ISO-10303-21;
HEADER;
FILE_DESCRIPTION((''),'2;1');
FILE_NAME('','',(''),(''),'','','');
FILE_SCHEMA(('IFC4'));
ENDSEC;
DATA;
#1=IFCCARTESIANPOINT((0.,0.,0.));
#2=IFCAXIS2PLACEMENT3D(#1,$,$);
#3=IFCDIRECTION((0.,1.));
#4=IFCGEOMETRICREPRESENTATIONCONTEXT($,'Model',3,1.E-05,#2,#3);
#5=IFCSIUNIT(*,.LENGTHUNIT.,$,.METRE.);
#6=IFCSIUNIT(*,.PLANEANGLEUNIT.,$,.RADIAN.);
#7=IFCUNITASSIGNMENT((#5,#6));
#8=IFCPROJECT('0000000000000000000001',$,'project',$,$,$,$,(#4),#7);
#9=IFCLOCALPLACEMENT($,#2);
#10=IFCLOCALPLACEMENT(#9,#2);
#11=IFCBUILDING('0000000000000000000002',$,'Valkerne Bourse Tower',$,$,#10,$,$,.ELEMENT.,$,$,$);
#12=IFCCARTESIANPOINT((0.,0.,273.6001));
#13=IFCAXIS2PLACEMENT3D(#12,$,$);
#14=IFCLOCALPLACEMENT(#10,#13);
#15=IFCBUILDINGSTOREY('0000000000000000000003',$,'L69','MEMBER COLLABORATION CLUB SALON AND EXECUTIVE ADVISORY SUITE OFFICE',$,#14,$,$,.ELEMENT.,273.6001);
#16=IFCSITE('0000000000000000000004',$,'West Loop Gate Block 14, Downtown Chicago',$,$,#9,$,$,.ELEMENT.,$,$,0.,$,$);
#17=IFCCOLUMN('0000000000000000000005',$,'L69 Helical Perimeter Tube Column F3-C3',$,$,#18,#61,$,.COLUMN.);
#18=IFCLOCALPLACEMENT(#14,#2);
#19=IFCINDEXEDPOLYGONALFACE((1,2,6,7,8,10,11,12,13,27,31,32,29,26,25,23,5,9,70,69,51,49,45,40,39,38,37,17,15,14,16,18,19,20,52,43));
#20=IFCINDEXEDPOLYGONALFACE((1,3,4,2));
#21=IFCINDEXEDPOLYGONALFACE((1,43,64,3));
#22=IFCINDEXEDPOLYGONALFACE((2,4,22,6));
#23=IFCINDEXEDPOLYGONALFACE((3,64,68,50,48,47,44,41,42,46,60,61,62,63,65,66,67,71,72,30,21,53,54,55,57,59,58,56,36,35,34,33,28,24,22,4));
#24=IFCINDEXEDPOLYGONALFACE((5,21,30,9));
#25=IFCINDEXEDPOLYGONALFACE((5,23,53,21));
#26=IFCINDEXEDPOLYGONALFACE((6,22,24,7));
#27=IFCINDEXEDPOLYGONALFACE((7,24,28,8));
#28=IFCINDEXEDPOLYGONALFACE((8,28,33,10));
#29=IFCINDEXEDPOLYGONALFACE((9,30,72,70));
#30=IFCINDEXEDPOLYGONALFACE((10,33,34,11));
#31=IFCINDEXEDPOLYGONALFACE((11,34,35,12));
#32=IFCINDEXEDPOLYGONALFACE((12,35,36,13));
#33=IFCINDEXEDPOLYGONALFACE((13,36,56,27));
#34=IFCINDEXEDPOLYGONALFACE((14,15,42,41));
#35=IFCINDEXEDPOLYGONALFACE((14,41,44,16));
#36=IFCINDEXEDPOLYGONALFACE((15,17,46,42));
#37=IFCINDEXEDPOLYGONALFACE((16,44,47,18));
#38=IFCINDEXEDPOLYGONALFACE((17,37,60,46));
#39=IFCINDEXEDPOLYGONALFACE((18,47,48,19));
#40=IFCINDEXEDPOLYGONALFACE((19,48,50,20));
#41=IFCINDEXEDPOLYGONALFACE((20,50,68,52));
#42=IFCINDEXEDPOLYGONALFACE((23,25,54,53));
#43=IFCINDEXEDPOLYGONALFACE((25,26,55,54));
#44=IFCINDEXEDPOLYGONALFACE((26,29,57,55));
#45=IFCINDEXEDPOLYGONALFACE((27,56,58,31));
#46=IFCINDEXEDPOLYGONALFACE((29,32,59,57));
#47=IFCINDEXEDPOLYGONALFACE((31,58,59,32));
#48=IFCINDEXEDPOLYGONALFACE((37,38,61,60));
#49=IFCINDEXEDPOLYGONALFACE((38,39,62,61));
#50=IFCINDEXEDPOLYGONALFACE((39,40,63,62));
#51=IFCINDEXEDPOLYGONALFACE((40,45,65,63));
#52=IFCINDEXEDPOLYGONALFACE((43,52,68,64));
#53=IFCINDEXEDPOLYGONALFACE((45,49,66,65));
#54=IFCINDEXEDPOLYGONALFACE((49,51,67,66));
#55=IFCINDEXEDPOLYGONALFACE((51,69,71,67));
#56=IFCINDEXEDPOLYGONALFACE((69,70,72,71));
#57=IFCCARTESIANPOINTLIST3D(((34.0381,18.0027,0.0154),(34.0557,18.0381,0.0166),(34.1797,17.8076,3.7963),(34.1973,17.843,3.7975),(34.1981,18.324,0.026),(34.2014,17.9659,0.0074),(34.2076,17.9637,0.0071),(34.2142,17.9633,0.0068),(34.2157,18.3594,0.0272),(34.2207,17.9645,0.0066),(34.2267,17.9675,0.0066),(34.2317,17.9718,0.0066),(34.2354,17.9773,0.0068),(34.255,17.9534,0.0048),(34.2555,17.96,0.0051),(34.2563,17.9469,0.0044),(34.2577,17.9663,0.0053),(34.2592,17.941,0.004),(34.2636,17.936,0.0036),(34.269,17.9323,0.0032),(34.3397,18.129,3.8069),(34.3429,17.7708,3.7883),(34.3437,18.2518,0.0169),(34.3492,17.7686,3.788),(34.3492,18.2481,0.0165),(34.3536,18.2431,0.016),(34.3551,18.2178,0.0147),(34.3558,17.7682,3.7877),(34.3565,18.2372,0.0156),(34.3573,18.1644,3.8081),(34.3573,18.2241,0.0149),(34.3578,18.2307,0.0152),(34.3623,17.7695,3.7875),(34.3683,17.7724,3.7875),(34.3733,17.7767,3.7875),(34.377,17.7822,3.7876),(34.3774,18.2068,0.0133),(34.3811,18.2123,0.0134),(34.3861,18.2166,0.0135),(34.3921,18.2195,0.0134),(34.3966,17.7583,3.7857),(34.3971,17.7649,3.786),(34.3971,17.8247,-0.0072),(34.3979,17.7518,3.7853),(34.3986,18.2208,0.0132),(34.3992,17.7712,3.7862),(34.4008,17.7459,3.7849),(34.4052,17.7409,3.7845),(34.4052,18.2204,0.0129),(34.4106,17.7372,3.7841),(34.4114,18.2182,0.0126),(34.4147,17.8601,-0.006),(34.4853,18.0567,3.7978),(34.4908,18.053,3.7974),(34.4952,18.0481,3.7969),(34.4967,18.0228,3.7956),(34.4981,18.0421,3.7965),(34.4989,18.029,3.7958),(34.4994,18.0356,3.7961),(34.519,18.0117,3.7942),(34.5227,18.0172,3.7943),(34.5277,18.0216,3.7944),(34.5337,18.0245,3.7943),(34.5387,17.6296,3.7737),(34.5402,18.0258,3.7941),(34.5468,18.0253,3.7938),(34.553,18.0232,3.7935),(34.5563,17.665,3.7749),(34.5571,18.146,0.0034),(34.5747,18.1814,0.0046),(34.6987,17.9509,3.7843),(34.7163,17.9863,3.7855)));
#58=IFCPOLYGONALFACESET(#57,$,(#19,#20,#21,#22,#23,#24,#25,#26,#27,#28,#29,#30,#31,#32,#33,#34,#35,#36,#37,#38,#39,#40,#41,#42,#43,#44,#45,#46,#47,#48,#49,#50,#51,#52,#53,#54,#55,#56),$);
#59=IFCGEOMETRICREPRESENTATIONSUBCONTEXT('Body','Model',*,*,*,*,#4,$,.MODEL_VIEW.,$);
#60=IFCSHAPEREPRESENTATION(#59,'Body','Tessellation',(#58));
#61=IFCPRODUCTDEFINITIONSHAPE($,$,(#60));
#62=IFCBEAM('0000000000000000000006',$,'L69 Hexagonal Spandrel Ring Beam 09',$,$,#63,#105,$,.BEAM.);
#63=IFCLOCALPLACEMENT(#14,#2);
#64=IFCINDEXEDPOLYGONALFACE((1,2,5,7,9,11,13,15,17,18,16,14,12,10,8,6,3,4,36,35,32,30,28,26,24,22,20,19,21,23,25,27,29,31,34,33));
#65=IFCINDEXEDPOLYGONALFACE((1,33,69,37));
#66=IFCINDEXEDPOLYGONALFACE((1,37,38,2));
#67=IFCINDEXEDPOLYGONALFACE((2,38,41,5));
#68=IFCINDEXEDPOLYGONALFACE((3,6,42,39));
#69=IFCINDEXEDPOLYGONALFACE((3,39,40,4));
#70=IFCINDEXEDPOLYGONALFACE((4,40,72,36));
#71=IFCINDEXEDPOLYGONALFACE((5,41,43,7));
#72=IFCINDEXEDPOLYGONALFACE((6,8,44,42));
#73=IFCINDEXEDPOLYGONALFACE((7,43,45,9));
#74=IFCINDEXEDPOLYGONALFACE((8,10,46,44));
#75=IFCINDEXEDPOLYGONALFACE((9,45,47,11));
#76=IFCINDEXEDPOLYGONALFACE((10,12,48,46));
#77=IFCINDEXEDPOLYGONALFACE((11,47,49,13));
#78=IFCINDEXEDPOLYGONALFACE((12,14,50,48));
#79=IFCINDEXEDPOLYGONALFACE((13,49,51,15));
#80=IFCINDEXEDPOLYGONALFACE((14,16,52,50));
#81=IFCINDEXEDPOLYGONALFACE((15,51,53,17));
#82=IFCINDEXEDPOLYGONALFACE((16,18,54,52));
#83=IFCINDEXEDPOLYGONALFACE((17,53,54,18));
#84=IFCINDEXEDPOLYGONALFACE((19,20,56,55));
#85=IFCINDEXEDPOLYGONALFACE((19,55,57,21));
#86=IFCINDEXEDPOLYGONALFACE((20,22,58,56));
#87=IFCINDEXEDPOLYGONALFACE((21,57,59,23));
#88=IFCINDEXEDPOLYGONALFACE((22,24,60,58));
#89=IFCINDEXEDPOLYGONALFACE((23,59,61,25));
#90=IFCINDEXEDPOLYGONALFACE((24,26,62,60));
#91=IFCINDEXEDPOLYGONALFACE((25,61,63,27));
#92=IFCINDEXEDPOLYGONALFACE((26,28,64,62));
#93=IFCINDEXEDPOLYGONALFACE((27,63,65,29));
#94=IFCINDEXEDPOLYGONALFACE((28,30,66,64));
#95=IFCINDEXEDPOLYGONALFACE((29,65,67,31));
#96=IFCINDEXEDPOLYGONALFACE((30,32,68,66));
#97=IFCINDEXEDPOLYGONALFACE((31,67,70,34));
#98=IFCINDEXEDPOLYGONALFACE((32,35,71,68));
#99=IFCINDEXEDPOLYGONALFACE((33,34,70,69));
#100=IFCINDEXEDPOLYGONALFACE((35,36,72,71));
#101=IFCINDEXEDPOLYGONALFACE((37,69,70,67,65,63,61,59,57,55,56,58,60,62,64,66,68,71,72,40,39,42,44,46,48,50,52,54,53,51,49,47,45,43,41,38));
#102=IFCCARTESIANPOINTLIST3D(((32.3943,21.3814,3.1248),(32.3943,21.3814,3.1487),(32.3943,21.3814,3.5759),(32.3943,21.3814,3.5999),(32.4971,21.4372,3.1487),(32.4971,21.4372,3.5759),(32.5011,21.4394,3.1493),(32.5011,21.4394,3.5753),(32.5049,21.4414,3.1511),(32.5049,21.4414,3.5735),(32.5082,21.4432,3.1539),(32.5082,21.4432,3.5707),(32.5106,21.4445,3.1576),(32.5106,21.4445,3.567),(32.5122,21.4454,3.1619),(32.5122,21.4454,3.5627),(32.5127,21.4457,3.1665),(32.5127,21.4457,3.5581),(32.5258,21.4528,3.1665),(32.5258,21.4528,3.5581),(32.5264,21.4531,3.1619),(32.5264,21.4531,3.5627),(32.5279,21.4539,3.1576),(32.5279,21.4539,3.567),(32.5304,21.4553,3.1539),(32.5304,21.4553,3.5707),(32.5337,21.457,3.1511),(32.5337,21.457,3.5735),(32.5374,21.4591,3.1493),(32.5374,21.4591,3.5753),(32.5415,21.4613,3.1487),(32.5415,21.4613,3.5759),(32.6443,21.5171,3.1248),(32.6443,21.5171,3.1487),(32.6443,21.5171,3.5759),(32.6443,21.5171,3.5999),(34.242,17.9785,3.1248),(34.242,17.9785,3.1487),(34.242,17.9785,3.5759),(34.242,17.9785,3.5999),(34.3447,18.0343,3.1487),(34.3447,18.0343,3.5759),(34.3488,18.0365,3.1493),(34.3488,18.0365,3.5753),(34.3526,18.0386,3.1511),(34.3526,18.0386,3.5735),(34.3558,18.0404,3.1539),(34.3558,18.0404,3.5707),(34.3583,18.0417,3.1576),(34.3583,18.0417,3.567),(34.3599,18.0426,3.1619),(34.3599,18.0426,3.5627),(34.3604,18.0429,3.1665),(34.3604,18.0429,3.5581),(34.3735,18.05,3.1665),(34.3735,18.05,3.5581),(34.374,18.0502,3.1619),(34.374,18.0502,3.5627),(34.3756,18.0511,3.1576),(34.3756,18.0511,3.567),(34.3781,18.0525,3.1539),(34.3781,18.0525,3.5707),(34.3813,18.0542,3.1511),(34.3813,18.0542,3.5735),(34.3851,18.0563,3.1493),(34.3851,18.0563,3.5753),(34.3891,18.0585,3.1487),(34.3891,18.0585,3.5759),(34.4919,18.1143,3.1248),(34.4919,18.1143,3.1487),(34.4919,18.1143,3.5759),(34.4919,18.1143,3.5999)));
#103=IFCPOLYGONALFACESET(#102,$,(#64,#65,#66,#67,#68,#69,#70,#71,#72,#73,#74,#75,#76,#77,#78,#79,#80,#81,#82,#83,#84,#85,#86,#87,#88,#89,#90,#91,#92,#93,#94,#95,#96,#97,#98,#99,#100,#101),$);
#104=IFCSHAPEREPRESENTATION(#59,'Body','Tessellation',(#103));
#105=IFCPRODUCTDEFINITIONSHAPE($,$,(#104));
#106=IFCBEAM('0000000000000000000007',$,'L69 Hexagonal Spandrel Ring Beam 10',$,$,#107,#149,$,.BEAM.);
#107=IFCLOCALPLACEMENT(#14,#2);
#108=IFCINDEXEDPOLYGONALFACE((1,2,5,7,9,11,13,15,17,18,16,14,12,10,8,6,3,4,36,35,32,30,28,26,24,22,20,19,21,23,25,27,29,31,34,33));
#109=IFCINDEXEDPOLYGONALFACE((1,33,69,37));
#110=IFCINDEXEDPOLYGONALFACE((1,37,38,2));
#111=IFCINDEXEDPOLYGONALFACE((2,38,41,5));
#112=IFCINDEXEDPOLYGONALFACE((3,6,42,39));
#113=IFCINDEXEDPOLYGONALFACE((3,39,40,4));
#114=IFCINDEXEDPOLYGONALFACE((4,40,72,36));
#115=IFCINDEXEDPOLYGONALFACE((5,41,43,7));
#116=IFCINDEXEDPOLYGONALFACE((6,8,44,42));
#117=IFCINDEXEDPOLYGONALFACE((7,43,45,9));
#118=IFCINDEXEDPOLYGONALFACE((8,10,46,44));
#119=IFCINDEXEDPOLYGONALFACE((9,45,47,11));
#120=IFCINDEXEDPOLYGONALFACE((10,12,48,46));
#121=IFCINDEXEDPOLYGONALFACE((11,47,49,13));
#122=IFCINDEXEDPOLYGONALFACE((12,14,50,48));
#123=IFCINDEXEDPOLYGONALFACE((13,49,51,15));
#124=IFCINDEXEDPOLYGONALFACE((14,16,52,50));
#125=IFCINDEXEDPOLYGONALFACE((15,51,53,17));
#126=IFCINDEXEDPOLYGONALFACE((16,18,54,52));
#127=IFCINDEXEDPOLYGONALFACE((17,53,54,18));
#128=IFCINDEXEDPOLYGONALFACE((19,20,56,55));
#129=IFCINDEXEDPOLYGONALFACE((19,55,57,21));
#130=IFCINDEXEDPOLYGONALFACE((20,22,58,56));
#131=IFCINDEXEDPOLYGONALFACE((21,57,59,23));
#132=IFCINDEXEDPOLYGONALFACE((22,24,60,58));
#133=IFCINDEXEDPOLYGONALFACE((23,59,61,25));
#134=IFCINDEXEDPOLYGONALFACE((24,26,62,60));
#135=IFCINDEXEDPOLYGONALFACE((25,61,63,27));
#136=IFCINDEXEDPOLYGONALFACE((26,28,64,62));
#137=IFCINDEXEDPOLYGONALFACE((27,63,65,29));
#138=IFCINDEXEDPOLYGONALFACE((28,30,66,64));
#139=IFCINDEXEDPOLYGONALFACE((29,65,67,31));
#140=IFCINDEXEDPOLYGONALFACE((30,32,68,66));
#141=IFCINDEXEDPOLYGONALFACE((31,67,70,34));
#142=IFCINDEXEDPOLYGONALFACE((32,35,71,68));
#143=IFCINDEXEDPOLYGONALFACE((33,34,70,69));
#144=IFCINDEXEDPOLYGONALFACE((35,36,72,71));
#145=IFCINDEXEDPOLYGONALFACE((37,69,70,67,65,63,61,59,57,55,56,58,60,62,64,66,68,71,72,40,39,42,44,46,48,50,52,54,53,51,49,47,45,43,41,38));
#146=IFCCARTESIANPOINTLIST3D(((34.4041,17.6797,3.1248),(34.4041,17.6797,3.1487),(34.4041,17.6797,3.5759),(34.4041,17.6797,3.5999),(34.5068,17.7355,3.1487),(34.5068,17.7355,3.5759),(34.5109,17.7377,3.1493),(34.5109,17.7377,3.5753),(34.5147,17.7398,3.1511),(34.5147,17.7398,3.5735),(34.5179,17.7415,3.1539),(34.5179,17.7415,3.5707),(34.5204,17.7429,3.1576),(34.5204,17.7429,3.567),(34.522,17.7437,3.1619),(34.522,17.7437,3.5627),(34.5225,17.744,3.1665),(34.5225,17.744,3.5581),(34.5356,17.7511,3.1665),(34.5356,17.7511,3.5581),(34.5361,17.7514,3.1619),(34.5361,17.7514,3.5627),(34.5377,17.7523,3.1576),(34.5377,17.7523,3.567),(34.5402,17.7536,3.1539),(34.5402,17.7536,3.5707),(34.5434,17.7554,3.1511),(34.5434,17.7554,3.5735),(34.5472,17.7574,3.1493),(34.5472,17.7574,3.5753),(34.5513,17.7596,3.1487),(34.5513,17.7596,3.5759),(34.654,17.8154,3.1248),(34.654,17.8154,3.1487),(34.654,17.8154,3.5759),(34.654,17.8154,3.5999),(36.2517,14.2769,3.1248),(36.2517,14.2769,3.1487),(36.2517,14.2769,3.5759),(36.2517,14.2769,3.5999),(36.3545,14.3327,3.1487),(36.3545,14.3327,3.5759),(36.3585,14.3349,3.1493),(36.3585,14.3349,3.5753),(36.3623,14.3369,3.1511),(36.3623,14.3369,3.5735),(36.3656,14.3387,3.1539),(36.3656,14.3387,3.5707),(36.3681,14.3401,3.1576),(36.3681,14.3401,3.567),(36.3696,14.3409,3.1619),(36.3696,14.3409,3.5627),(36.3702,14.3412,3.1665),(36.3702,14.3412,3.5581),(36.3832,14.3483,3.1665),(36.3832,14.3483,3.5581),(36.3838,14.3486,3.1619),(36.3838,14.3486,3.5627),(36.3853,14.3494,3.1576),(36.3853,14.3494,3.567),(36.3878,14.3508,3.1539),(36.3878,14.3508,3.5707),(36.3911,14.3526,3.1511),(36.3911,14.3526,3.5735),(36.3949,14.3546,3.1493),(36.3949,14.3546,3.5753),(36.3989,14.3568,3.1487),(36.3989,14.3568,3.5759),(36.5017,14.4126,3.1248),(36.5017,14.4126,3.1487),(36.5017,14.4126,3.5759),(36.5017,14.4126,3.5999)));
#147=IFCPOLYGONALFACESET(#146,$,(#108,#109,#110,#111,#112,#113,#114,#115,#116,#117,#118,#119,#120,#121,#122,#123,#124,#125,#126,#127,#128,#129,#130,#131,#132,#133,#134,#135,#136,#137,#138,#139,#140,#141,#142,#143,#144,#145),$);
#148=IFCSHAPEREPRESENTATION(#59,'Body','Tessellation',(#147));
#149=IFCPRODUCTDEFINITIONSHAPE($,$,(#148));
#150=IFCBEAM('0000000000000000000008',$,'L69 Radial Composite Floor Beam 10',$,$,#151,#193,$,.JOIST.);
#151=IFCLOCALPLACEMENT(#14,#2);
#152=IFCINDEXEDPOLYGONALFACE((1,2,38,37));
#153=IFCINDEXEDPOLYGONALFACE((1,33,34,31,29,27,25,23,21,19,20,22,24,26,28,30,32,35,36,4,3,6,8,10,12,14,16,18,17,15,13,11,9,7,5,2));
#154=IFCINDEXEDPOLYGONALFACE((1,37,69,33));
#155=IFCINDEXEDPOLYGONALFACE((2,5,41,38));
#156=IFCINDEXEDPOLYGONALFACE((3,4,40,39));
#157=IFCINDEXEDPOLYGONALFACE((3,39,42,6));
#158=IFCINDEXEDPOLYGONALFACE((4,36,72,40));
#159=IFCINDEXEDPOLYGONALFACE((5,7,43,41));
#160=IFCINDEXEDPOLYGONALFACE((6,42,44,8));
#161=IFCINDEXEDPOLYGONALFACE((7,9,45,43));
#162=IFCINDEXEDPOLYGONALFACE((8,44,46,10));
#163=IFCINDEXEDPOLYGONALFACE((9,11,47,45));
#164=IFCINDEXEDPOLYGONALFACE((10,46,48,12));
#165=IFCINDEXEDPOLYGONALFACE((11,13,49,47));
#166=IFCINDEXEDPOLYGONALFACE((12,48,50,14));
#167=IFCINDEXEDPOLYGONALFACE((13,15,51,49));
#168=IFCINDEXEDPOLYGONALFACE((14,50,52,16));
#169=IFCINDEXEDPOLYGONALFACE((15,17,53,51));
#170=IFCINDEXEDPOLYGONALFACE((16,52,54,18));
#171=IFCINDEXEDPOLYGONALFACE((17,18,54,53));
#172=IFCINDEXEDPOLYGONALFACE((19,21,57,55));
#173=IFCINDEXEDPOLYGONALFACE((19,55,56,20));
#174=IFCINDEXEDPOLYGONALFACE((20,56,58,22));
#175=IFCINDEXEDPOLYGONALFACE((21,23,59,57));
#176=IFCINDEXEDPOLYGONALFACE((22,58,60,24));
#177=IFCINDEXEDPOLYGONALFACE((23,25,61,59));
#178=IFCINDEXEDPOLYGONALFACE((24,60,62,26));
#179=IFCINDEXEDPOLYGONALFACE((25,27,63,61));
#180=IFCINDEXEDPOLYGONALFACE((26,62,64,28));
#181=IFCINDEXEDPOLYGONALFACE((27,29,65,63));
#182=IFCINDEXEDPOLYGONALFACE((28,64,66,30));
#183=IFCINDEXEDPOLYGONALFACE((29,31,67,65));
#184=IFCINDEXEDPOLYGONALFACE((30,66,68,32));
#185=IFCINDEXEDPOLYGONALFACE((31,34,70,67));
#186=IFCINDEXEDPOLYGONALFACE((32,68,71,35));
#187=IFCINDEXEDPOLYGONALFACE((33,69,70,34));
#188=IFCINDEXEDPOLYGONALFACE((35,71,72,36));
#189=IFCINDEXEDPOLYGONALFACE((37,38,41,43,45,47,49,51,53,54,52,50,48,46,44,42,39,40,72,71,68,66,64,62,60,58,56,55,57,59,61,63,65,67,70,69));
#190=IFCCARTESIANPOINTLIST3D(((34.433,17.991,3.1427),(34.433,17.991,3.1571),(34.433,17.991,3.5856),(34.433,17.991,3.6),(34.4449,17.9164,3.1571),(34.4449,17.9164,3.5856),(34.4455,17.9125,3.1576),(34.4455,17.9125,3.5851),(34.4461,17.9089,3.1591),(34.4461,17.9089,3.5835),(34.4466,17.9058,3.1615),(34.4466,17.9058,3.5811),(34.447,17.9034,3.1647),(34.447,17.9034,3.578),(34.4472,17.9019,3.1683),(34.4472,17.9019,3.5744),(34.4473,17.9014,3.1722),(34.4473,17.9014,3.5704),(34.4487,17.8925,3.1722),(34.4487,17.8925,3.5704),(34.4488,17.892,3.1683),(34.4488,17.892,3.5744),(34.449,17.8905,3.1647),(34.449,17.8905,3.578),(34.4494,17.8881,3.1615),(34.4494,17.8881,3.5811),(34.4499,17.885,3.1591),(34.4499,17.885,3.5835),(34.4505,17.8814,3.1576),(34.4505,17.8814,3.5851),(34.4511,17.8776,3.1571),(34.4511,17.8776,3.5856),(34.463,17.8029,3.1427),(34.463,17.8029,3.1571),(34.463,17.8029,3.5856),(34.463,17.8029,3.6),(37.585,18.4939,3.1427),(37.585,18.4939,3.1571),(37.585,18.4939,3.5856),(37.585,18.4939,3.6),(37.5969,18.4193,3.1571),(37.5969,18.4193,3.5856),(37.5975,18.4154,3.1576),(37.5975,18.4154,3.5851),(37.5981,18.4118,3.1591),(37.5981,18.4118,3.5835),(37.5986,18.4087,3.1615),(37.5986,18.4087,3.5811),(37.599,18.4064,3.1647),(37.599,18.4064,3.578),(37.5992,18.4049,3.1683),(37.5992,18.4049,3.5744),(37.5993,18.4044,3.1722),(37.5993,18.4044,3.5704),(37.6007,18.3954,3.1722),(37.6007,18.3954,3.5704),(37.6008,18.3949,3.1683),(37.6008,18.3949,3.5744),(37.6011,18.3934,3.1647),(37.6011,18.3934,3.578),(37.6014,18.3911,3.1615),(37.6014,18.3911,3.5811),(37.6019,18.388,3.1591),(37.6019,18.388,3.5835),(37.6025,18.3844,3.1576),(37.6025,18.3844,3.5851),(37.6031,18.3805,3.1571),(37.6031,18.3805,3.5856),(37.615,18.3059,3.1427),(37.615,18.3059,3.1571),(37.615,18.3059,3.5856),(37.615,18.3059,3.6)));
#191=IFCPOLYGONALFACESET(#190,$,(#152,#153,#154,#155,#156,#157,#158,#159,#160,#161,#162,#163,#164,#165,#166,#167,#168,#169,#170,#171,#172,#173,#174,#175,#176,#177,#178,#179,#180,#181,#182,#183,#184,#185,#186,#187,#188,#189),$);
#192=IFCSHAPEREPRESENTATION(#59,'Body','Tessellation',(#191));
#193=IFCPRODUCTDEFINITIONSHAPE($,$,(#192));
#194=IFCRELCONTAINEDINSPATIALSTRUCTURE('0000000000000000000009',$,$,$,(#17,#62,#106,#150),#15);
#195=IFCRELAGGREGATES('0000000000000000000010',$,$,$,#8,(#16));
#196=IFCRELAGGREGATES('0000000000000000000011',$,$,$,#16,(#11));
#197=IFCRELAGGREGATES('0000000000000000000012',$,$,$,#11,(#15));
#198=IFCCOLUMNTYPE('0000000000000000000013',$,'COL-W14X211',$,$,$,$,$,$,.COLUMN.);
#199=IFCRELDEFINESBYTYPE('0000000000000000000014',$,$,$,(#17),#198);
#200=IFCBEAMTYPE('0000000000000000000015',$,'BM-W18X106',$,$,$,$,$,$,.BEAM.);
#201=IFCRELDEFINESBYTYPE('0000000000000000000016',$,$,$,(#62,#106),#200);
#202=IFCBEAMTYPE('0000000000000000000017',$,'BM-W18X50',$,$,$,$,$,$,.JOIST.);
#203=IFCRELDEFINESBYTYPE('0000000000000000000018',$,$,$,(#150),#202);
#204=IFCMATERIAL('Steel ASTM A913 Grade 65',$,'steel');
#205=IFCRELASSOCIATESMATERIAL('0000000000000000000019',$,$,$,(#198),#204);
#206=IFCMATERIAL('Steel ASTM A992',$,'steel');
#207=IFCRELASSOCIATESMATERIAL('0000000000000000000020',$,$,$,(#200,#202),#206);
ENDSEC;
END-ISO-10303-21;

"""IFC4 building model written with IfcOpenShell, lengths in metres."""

from ifc_helpers import new_model, si_unit, direction, frame, origin, origin_2d, place, context, subcontext, project, spatial, i_section, extrude, material, material_profile, profile_set, type_object, element, save


model = new_model("IFC4")

# Units and contexts
model_context = context("Model", 3, precision=1e-05, world=origin(), true_north=direction((0.0, 1.0)))
body_context = subcontext(model_context, "Body", "Model", "MODEL_VIEW")
ifc_project = project(units=[si_unit("LENGTHUNIT", "METRE"), si_unit("PLANEANGLEUNIT", "RADIAN")], contexts=[model_context])

# Site, building, storey
site_placement = place(None, origin())
site = spatial("IfcSite", under=ifc_project, at=site_placement, Name="West Loop Gate Block 14, Downtown Chicago", CompositionType="ELEMENT", RefElevation=0.0)
building_placement = place(site_placement, origin())
building = spatial("IfcBuilding", under=site, at=building_placement, Name="Valkerne Bourse Tower", CompositionType="ELEMENT")
storey_placement = place(building_placement, frame((0.0, 0.0, 273.6001)))
storey = spatial("IfcBuildingStorey", under=building, at=storey_placement, Name="L69", Description="MEMBER COLLABORATION CLUB SALON AND EXECUTIVE ADVISORY SUITE OFFICE", CompositionType="ELEMENT", Elevation=273.6001)

# Column
ifc_material_1 = material(Name="Steel ASTM A913 Grade 65", Category="steel")
ifc_material_profile_1 = material_profile(ifc_material_1, i_section(OverallWidth=0.4014, OverallDepth=0.3987, WebThickness=0.0249, FlangeThickness=0.0396, FilletRadius=0.0254, at=origin_2d()), Name="W14X211")
ifc_profile_set_1 = profile_set([ifc_material_profile_1], Name="Steel ASTM A913 Grade 65")
column_type = type_object("IfcColumnType", Name="COL-W14X211", PredefinedType="COLUMN", material=ifc_profile_set_1)
column_placement = place(storey_placement, frame((34.3064, 18.092, 0.01), z_axis=(0.037375, -0.051487, 0.997974), x_axis=(0.894472, -0.443555, -0.056382)))
element("IfcColumn", 1, at=column_placement, inside=storey, type_object=column_type, Name="L69 Helical Perimeter Tube Column F3-C3", PredefinedType="COLUMN", context=body_context, shape_type="SweptSolid", body=[
    extrude(i_section(OverallWidth=0.4014, OverallDepth=0.3987, WebThickness=0.0249, FlangeThickness=0.0396, FilletRadius=0.0254, at=origin_2d()), origin(), (0.0, 0.0, 1.0), 3.7886),
])

# Beams
ifc_material_2 = material(Name="Steel ASTM A992", Category="steel")
ifc_material_profile_2 = material_profile(ifc_material_2, i_section(OverallWidth=0.2844, OverallDepth=0.4751, WebThickness=0.0149, FlangeThickness=0.0239, FilletRadius=0.0178, at=origin_2d()), Name="W18X106")
ifc_profile_set_2 = profile_set([ifc_material_profile_2], Name="Steel ASTM A992")
beam_type_1 = type_object("IfcBeamType", Name="BM-W18X106", PredefinedType="BEAM", material=ifc_profile_set_2)
for number, where, z_axis, x_axis, name in (
    (2, (32.5193, 21.4492, 3.3623), (0.477173, -0.87881, 0.0), (0.87881, 0.477173, 0.0), "L69 Hexagonal Spandrel Ring Beam 09"),
    (3, (34.5291, 17.7476, 3.3623), (0.477173, -0.87881, 0.0), (0.87881, 0.477173, 0.0), "L69 Hexagonal Spandrel Ring Beam 10"),
):
    element("IfcBeam", number, at=place(storey_placement, frame(where, z_axis=z_axis, x_axis=x_axis)), inside=storey, type_object=beam_type_1, Name=name, PredefinedType="BEAM", context=body_context, shape_type="SweptSolid", body=[
        extrude(i_section(OverallWidth=0.2844, OverallDepth=0.4751, WebThickness=0.0149, FlangeThickness=0.0239, FilletRadius=0.0178, at=origin_2d()), origin(), (0.0, 0.0, 1.0), 3.8721),
    ])
ifc_material_profile_3 = material_profile(ifc_material_2, i_section(OverallWidth=0.1904, OverallDepth=0.4573, WebThickness=0.009, FlangeThickness=0.0144, FilletRadius=0.0151, at=origin_2d()), Name="W18X50")
ifc_profile_set_3 = profile_set([ifc_material_profile_3], Name="Steel ASTM A992")
beam_type_2 = type_object("IfcBeamType", Name="BM-W18X50", PredefinedType="JOIST", material=ifc_profile_set_3)
beam_1_placement = place(storey_placement, frame((34.448, 17.897, 3.3713), z_axis=(0.987509, 0.157561, 0.0), x_axis=(-0.157561, 0.987509, 0.0)))
element("IfcBeam", 4, at=beam_1_placement, inside=storey, type_object=beam_type_2, Name="L69 Radial Composite Floor Beam 10", PredefinedType="JOIST", context=body_context, shape_type="SweptSolid", body=[
    extrude(i_section(OverallWidth=0.1904, OverallDepth=0.4573, WebThickness=0.009, FlangeThickness=0.0144, FilletRadius=0.0151, at=origin_2d()), origin(), (0.0, 0.0, 1.0), 3.1919),
])

save(model, "model.ifc")
